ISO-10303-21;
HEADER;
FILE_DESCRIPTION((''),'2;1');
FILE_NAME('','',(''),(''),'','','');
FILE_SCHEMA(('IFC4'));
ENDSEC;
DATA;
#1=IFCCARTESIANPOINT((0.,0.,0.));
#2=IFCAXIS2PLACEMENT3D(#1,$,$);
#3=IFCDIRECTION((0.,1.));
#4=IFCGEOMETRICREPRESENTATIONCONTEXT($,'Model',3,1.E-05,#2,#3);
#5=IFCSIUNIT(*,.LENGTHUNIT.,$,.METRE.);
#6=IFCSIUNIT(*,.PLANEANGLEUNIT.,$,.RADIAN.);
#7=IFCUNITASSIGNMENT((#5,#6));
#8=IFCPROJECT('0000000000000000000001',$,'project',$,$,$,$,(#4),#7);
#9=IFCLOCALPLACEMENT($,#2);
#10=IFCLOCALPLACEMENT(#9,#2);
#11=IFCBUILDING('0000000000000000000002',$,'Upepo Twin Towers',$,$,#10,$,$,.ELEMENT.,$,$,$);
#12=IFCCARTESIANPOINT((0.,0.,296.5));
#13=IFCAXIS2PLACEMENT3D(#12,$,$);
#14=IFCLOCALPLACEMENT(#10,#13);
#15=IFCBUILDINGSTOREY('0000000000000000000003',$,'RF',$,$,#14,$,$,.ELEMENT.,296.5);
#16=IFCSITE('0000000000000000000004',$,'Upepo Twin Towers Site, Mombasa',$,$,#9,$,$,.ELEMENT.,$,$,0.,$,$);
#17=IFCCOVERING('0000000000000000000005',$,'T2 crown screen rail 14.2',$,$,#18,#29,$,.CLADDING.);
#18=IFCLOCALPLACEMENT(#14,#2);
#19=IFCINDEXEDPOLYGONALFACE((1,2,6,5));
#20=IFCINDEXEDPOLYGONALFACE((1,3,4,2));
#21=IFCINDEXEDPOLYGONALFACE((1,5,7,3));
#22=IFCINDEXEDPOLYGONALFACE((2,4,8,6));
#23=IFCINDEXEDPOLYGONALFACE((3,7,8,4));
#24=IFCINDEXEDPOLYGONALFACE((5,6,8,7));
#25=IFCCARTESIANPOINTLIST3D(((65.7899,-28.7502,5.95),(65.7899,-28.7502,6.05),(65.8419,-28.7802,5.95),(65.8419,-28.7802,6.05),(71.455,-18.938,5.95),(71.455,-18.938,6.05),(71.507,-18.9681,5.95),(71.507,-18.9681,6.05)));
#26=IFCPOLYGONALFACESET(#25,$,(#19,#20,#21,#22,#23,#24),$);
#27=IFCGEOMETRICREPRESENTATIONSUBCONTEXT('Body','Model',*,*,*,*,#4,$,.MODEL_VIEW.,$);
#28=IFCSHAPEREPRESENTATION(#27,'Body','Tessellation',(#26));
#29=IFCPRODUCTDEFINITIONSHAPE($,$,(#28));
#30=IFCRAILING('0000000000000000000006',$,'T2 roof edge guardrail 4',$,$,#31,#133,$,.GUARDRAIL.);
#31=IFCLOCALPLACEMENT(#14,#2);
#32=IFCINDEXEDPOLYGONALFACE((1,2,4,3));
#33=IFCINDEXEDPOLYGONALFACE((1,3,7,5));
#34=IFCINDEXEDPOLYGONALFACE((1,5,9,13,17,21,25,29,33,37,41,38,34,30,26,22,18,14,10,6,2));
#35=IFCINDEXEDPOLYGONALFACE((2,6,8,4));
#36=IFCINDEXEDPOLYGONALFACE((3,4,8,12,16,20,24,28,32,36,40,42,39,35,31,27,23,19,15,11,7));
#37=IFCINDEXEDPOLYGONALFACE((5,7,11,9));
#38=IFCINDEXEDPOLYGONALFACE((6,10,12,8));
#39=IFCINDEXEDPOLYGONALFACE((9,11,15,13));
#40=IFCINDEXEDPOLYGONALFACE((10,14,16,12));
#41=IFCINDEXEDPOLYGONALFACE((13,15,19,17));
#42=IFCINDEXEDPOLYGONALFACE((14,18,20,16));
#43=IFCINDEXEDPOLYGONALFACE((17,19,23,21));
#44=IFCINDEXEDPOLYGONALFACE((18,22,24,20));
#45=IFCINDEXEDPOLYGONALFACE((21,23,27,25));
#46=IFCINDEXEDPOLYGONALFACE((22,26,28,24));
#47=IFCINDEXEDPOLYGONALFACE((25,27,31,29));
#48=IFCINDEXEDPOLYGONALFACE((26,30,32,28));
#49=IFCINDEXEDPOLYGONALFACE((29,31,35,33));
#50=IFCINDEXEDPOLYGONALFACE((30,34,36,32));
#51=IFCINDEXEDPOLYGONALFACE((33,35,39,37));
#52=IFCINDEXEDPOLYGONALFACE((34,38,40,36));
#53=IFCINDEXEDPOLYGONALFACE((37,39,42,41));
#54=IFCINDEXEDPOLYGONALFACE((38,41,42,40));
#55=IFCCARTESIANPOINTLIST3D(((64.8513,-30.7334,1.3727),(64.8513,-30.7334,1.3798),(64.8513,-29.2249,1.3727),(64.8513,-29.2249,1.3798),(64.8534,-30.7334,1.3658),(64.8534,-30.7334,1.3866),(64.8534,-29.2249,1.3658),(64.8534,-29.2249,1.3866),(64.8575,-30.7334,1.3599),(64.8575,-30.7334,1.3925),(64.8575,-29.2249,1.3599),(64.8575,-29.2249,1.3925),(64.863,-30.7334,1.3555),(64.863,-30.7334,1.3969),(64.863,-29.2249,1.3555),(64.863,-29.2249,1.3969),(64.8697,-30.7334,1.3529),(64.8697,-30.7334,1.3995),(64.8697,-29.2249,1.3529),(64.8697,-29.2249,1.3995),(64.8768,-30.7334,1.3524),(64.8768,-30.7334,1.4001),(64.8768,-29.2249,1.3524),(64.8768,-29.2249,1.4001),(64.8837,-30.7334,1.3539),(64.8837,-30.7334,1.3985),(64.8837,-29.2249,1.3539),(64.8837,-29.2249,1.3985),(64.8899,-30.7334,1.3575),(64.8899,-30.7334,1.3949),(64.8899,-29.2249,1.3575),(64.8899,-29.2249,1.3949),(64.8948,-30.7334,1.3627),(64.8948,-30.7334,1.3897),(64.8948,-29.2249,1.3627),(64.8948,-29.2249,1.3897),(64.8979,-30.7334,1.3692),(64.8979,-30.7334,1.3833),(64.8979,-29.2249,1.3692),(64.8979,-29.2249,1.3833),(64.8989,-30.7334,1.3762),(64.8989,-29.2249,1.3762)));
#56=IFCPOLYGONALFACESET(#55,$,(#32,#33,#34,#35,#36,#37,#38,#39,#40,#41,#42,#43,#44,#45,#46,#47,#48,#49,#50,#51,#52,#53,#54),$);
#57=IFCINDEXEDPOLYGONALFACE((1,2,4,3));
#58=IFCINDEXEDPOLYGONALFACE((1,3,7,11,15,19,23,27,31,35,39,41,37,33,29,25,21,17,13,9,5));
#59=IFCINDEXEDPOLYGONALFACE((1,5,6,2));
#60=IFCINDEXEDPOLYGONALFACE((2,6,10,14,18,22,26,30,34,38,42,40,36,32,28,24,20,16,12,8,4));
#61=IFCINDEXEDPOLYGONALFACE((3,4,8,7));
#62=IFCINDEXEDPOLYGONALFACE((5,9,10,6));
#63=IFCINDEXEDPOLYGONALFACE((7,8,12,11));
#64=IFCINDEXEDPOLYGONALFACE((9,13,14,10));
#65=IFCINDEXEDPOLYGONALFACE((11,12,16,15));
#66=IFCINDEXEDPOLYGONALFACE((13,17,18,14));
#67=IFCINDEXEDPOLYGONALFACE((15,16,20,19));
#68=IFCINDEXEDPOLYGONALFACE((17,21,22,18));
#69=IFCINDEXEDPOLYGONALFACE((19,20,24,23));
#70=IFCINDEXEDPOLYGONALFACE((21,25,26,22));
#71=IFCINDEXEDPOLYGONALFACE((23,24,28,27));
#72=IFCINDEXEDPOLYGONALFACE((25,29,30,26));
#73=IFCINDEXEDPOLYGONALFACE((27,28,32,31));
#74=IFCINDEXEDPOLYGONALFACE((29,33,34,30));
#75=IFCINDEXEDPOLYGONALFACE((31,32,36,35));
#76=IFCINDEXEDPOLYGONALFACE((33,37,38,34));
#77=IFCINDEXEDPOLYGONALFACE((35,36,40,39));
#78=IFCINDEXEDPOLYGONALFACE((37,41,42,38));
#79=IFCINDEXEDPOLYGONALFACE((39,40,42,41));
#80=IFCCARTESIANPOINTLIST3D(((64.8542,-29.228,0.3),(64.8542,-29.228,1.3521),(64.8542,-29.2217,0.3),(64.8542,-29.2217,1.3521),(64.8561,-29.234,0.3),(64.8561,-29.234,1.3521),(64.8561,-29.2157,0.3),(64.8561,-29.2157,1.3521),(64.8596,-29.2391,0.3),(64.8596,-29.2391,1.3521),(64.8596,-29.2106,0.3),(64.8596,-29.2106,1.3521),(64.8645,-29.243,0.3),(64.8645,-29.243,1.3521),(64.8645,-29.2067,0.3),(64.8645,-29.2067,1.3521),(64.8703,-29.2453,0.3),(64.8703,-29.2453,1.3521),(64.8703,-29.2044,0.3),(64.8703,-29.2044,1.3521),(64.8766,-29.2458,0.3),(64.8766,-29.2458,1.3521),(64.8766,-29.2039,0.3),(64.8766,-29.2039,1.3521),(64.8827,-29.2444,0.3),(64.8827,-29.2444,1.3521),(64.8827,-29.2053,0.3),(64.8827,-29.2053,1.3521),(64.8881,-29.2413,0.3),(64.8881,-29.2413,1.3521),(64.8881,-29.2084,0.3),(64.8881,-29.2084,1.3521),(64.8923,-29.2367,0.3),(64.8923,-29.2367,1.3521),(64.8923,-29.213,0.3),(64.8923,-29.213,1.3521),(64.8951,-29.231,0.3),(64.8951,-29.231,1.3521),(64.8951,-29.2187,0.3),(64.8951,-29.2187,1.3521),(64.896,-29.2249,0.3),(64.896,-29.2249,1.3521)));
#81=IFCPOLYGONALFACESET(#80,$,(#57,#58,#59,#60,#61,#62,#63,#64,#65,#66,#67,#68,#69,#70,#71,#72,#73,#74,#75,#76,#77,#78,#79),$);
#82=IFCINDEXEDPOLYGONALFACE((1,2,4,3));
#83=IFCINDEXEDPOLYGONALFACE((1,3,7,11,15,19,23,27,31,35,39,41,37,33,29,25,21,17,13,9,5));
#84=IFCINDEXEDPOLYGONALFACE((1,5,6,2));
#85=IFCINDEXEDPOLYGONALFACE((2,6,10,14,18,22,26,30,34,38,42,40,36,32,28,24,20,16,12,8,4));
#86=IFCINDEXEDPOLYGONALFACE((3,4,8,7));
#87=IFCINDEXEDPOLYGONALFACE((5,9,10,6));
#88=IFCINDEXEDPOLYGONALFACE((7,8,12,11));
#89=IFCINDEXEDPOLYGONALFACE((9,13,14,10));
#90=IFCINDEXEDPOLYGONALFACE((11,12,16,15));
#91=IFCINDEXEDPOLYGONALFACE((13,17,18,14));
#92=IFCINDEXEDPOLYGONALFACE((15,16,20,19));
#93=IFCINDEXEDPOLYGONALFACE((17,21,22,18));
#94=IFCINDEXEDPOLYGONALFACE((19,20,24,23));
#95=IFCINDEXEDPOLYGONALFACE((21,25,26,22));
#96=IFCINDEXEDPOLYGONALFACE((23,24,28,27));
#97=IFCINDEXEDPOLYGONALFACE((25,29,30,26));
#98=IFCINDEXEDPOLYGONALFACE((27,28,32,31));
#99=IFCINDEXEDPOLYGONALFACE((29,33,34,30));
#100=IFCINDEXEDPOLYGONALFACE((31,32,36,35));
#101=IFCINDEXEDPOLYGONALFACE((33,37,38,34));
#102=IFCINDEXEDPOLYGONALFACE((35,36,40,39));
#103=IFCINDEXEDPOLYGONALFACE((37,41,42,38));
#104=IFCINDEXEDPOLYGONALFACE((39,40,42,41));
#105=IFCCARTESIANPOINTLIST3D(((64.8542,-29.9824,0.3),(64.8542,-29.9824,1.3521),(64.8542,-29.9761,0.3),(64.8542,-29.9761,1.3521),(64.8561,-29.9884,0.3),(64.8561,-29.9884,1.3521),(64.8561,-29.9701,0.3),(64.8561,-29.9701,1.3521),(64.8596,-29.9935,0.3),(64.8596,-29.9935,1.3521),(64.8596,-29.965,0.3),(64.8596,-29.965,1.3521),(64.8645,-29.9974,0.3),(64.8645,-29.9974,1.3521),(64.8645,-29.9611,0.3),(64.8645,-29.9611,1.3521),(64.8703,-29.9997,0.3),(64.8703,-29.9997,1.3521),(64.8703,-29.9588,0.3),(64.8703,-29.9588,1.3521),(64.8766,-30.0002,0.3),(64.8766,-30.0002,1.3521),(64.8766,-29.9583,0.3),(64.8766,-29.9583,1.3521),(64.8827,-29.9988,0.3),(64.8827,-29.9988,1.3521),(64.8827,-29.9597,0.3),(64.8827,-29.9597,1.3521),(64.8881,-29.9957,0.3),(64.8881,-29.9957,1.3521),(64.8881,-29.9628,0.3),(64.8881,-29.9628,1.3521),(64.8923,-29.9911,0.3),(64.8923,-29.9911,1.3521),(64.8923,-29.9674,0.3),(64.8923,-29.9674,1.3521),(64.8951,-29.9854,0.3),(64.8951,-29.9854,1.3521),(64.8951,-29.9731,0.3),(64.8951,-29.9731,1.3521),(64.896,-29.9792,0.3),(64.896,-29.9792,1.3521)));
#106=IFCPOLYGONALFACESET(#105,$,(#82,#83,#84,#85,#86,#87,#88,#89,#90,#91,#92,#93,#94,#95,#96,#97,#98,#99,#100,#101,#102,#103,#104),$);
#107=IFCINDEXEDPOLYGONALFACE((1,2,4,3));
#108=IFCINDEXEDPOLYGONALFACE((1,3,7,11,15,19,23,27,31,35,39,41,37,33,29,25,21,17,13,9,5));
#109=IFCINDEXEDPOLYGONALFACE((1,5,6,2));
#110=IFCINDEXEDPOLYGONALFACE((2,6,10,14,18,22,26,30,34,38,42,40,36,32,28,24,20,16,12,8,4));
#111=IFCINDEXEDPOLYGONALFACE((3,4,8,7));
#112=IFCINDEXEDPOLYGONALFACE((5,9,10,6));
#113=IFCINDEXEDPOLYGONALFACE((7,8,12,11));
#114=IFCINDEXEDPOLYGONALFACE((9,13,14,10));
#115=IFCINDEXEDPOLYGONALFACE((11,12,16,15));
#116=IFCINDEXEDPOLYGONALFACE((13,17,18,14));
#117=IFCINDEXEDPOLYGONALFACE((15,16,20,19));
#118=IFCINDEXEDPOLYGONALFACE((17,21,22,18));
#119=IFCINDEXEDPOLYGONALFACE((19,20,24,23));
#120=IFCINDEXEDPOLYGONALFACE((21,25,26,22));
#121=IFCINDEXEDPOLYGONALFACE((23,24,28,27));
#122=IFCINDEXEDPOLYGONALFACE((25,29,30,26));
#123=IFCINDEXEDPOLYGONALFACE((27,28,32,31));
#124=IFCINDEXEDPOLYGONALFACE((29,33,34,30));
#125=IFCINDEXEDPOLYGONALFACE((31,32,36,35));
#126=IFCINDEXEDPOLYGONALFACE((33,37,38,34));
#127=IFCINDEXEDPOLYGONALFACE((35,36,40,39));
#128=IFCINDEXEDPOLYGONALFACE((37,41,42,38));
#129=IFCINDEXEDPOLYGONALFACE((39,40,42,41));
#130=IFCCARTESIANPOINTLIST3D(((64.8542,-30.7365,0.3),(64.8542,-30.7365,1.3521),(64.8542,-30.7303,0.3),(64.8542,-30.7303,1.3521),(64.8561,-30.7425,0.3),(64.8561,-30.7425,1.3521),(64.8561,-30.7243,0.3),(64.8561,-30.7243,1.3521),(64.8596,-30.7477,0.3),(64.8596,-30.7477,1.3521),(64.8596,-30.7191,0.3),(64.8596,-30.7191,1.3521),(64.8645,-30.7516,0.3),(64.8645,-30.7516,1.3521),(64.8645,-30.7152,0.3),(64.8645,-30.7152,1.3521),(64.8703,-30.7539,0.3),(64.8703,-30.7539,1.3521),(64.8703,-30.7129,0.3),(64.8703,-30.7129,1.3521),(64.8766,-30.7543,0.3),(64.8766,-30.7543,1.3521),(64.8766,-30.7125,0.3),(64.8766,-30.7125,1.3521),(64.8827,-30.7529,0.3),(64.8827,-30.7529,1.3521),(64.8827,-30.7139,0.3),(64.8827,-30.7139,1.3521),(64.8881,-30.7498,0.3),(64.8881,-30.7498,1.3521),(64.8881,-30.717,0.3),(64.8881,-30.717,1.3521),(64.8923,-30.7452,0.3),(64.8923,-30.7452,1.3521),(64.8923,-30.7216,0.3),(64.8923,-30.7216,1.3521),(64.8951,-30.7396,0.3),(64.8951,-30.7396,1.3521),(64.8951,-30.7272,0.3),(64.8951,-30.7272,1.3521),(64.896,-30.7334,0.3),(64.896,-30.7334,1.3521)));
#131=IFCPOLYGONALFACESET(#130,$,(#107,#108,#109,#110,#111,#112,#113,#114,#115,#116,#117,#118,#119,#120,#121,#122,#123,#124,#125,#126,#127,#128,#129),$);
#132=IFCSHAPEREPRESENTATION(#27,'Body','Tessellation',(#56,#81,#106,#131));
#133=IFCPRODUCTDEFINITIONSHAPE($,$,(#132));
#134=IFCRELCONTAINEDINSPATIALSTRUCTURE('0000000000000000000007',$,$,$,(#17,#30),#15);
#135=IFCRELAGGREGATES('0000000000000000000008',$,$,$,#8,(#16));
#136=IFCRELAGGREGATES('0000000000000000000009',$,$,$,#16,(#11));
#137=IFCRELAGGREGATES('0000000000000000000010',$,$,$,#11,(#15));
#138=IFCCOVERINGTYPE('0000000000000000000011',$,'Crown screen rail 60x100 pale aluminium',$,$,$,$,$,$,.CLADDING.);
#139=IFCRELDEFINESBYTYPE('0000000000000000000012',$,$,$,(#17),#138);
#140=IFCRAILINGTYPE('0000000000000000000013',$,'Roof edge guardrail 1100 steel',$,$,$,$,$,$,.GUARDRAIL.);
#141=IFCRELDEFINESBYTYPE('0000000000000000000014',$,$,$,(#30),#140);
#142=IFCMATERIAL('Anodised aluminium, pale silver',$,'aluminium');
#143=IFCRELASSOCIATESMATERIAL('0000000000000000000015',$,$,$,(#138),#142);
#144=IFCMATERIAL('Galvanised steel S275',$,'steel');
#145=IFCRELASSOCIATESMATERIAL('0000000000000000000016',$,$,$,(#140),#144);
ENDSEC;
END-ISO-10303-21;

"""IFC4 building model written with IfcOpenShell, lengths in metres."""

from ifc_helpers import new_model, si_unit, direction, frame, origin, origin_2d, place, context, subcontext, project, spatial, rectangle, circle, extrude, material, type_object, element, save


model = new_model("IFC4")

# Units and contexts
model_context = context("Model", 3, precision=1e-05, world=origin(), true_north=direction((0.0, 1.0)))
body_context = subcontext(model_context, "Body", "Model", "MODEL_VIEW")
ifc_project = project(units=[si_unit("LENGTHUNIT", "METRE"), si_unit("PLANEANGLEUNIT", "RADIAN")], contexts=[model_context])

# Site, building, storey
site_placement = place(None, origin())
site = spatial("IfcSite", under=ifc_project, at=site_placement, Name="Upepo Twin Towers Site, Mombasa", CompositionType="ELEMENT", RefElevation=0.0)
building_placement = place(site_placement, origin())
building = spatial("IfcBuilding", under=site, at=building_placement, Name="Upepo Twin Towers", CompositionType="ELEMENT")
storey_placement = place(building_placement, frame((0.0, 0.0, 296.5)))
storey = spatial("IfcBuildingStorey", under=building, at=storey_placement, Name="RF", CompositionType="ELEMENT", Elevation=296.5)

# Covering
ifc_material_1 = material(Name="Anodised aluminium, pale silver", Category="aluminium")
covering_type_1 = type_object("IfcCoveringType", Name="Crown screen rail 60x100 pale aluminium", PredefinedType="CLADDING", material=ifc_material_1)
for number, where, z_axis, x_axis, name in (
    (1, (68.6484, -23.8591, 5.95), (0.0, 0.0, 1.0), (0.5, 0.866025, 0.0), "T2 crown screen rail 14.2"),
):
    element("IfcCovering", number, at=place(storey_placement, frame(where, z_axis=z_axis, x_axis=x_axis)), inside=storey, type_object=covering_type_1, Name=name, PredefinedType="CLADDING", context=body_context, shape_type="SweptSolid", body=[
        extrude(rectangle(XDim=11.3301, YDim=0.0601, at=origin_2d()), origin(), (0.0, 0.0, 1.0), 0.1001),
    ])

# Railing
ifc_material_2 = material(Name="Galvanised steel S275", Category="steel")
railing_type = type_object("IfcRailingType", Name="Roof edge guardrail 1100 steel", PredefinedType="GUARDRAIL", material=ifc_material_2)
railing_placement = place(storey_placement, frame((64.875, -29.2249, 0.3)))
element("IfcRailing", 2, at=railing_placement, inside=storey, type_object=railing_type, Name="T2 roof edge guardrail 4", PredefinedType="GUARDRAIL", context=body_context, shape_type="SweptSolid", body=[
    extrude(circle(Radius=0.0239, at=origin_2d()), frame((0.0, 0.0, 1.0762), z_axis=(0.0, -1.0, 0.0), x_axis=(1.0, 0.0, 0.0)), (0.0, 0.0, 1.0), 1.5085),
    extrude(circle(Radius=0.021, at=origin_2d()), origin(), (0.0, 0.0, 1.0), 1.052),
    extrude(circle(Radius=0.021, at=origin_2d()), frame((0.0, -0.7544, 0.0)), (0.0, 0.0, 1.0), 1.052),
    extrude(circle(Radius=0.021, at=origin_2d()), frame((0.0, -1.5085, 0.0)), (0.0, 0.0, 1.0), 1.052),
])

save(model, "model.ifc")
